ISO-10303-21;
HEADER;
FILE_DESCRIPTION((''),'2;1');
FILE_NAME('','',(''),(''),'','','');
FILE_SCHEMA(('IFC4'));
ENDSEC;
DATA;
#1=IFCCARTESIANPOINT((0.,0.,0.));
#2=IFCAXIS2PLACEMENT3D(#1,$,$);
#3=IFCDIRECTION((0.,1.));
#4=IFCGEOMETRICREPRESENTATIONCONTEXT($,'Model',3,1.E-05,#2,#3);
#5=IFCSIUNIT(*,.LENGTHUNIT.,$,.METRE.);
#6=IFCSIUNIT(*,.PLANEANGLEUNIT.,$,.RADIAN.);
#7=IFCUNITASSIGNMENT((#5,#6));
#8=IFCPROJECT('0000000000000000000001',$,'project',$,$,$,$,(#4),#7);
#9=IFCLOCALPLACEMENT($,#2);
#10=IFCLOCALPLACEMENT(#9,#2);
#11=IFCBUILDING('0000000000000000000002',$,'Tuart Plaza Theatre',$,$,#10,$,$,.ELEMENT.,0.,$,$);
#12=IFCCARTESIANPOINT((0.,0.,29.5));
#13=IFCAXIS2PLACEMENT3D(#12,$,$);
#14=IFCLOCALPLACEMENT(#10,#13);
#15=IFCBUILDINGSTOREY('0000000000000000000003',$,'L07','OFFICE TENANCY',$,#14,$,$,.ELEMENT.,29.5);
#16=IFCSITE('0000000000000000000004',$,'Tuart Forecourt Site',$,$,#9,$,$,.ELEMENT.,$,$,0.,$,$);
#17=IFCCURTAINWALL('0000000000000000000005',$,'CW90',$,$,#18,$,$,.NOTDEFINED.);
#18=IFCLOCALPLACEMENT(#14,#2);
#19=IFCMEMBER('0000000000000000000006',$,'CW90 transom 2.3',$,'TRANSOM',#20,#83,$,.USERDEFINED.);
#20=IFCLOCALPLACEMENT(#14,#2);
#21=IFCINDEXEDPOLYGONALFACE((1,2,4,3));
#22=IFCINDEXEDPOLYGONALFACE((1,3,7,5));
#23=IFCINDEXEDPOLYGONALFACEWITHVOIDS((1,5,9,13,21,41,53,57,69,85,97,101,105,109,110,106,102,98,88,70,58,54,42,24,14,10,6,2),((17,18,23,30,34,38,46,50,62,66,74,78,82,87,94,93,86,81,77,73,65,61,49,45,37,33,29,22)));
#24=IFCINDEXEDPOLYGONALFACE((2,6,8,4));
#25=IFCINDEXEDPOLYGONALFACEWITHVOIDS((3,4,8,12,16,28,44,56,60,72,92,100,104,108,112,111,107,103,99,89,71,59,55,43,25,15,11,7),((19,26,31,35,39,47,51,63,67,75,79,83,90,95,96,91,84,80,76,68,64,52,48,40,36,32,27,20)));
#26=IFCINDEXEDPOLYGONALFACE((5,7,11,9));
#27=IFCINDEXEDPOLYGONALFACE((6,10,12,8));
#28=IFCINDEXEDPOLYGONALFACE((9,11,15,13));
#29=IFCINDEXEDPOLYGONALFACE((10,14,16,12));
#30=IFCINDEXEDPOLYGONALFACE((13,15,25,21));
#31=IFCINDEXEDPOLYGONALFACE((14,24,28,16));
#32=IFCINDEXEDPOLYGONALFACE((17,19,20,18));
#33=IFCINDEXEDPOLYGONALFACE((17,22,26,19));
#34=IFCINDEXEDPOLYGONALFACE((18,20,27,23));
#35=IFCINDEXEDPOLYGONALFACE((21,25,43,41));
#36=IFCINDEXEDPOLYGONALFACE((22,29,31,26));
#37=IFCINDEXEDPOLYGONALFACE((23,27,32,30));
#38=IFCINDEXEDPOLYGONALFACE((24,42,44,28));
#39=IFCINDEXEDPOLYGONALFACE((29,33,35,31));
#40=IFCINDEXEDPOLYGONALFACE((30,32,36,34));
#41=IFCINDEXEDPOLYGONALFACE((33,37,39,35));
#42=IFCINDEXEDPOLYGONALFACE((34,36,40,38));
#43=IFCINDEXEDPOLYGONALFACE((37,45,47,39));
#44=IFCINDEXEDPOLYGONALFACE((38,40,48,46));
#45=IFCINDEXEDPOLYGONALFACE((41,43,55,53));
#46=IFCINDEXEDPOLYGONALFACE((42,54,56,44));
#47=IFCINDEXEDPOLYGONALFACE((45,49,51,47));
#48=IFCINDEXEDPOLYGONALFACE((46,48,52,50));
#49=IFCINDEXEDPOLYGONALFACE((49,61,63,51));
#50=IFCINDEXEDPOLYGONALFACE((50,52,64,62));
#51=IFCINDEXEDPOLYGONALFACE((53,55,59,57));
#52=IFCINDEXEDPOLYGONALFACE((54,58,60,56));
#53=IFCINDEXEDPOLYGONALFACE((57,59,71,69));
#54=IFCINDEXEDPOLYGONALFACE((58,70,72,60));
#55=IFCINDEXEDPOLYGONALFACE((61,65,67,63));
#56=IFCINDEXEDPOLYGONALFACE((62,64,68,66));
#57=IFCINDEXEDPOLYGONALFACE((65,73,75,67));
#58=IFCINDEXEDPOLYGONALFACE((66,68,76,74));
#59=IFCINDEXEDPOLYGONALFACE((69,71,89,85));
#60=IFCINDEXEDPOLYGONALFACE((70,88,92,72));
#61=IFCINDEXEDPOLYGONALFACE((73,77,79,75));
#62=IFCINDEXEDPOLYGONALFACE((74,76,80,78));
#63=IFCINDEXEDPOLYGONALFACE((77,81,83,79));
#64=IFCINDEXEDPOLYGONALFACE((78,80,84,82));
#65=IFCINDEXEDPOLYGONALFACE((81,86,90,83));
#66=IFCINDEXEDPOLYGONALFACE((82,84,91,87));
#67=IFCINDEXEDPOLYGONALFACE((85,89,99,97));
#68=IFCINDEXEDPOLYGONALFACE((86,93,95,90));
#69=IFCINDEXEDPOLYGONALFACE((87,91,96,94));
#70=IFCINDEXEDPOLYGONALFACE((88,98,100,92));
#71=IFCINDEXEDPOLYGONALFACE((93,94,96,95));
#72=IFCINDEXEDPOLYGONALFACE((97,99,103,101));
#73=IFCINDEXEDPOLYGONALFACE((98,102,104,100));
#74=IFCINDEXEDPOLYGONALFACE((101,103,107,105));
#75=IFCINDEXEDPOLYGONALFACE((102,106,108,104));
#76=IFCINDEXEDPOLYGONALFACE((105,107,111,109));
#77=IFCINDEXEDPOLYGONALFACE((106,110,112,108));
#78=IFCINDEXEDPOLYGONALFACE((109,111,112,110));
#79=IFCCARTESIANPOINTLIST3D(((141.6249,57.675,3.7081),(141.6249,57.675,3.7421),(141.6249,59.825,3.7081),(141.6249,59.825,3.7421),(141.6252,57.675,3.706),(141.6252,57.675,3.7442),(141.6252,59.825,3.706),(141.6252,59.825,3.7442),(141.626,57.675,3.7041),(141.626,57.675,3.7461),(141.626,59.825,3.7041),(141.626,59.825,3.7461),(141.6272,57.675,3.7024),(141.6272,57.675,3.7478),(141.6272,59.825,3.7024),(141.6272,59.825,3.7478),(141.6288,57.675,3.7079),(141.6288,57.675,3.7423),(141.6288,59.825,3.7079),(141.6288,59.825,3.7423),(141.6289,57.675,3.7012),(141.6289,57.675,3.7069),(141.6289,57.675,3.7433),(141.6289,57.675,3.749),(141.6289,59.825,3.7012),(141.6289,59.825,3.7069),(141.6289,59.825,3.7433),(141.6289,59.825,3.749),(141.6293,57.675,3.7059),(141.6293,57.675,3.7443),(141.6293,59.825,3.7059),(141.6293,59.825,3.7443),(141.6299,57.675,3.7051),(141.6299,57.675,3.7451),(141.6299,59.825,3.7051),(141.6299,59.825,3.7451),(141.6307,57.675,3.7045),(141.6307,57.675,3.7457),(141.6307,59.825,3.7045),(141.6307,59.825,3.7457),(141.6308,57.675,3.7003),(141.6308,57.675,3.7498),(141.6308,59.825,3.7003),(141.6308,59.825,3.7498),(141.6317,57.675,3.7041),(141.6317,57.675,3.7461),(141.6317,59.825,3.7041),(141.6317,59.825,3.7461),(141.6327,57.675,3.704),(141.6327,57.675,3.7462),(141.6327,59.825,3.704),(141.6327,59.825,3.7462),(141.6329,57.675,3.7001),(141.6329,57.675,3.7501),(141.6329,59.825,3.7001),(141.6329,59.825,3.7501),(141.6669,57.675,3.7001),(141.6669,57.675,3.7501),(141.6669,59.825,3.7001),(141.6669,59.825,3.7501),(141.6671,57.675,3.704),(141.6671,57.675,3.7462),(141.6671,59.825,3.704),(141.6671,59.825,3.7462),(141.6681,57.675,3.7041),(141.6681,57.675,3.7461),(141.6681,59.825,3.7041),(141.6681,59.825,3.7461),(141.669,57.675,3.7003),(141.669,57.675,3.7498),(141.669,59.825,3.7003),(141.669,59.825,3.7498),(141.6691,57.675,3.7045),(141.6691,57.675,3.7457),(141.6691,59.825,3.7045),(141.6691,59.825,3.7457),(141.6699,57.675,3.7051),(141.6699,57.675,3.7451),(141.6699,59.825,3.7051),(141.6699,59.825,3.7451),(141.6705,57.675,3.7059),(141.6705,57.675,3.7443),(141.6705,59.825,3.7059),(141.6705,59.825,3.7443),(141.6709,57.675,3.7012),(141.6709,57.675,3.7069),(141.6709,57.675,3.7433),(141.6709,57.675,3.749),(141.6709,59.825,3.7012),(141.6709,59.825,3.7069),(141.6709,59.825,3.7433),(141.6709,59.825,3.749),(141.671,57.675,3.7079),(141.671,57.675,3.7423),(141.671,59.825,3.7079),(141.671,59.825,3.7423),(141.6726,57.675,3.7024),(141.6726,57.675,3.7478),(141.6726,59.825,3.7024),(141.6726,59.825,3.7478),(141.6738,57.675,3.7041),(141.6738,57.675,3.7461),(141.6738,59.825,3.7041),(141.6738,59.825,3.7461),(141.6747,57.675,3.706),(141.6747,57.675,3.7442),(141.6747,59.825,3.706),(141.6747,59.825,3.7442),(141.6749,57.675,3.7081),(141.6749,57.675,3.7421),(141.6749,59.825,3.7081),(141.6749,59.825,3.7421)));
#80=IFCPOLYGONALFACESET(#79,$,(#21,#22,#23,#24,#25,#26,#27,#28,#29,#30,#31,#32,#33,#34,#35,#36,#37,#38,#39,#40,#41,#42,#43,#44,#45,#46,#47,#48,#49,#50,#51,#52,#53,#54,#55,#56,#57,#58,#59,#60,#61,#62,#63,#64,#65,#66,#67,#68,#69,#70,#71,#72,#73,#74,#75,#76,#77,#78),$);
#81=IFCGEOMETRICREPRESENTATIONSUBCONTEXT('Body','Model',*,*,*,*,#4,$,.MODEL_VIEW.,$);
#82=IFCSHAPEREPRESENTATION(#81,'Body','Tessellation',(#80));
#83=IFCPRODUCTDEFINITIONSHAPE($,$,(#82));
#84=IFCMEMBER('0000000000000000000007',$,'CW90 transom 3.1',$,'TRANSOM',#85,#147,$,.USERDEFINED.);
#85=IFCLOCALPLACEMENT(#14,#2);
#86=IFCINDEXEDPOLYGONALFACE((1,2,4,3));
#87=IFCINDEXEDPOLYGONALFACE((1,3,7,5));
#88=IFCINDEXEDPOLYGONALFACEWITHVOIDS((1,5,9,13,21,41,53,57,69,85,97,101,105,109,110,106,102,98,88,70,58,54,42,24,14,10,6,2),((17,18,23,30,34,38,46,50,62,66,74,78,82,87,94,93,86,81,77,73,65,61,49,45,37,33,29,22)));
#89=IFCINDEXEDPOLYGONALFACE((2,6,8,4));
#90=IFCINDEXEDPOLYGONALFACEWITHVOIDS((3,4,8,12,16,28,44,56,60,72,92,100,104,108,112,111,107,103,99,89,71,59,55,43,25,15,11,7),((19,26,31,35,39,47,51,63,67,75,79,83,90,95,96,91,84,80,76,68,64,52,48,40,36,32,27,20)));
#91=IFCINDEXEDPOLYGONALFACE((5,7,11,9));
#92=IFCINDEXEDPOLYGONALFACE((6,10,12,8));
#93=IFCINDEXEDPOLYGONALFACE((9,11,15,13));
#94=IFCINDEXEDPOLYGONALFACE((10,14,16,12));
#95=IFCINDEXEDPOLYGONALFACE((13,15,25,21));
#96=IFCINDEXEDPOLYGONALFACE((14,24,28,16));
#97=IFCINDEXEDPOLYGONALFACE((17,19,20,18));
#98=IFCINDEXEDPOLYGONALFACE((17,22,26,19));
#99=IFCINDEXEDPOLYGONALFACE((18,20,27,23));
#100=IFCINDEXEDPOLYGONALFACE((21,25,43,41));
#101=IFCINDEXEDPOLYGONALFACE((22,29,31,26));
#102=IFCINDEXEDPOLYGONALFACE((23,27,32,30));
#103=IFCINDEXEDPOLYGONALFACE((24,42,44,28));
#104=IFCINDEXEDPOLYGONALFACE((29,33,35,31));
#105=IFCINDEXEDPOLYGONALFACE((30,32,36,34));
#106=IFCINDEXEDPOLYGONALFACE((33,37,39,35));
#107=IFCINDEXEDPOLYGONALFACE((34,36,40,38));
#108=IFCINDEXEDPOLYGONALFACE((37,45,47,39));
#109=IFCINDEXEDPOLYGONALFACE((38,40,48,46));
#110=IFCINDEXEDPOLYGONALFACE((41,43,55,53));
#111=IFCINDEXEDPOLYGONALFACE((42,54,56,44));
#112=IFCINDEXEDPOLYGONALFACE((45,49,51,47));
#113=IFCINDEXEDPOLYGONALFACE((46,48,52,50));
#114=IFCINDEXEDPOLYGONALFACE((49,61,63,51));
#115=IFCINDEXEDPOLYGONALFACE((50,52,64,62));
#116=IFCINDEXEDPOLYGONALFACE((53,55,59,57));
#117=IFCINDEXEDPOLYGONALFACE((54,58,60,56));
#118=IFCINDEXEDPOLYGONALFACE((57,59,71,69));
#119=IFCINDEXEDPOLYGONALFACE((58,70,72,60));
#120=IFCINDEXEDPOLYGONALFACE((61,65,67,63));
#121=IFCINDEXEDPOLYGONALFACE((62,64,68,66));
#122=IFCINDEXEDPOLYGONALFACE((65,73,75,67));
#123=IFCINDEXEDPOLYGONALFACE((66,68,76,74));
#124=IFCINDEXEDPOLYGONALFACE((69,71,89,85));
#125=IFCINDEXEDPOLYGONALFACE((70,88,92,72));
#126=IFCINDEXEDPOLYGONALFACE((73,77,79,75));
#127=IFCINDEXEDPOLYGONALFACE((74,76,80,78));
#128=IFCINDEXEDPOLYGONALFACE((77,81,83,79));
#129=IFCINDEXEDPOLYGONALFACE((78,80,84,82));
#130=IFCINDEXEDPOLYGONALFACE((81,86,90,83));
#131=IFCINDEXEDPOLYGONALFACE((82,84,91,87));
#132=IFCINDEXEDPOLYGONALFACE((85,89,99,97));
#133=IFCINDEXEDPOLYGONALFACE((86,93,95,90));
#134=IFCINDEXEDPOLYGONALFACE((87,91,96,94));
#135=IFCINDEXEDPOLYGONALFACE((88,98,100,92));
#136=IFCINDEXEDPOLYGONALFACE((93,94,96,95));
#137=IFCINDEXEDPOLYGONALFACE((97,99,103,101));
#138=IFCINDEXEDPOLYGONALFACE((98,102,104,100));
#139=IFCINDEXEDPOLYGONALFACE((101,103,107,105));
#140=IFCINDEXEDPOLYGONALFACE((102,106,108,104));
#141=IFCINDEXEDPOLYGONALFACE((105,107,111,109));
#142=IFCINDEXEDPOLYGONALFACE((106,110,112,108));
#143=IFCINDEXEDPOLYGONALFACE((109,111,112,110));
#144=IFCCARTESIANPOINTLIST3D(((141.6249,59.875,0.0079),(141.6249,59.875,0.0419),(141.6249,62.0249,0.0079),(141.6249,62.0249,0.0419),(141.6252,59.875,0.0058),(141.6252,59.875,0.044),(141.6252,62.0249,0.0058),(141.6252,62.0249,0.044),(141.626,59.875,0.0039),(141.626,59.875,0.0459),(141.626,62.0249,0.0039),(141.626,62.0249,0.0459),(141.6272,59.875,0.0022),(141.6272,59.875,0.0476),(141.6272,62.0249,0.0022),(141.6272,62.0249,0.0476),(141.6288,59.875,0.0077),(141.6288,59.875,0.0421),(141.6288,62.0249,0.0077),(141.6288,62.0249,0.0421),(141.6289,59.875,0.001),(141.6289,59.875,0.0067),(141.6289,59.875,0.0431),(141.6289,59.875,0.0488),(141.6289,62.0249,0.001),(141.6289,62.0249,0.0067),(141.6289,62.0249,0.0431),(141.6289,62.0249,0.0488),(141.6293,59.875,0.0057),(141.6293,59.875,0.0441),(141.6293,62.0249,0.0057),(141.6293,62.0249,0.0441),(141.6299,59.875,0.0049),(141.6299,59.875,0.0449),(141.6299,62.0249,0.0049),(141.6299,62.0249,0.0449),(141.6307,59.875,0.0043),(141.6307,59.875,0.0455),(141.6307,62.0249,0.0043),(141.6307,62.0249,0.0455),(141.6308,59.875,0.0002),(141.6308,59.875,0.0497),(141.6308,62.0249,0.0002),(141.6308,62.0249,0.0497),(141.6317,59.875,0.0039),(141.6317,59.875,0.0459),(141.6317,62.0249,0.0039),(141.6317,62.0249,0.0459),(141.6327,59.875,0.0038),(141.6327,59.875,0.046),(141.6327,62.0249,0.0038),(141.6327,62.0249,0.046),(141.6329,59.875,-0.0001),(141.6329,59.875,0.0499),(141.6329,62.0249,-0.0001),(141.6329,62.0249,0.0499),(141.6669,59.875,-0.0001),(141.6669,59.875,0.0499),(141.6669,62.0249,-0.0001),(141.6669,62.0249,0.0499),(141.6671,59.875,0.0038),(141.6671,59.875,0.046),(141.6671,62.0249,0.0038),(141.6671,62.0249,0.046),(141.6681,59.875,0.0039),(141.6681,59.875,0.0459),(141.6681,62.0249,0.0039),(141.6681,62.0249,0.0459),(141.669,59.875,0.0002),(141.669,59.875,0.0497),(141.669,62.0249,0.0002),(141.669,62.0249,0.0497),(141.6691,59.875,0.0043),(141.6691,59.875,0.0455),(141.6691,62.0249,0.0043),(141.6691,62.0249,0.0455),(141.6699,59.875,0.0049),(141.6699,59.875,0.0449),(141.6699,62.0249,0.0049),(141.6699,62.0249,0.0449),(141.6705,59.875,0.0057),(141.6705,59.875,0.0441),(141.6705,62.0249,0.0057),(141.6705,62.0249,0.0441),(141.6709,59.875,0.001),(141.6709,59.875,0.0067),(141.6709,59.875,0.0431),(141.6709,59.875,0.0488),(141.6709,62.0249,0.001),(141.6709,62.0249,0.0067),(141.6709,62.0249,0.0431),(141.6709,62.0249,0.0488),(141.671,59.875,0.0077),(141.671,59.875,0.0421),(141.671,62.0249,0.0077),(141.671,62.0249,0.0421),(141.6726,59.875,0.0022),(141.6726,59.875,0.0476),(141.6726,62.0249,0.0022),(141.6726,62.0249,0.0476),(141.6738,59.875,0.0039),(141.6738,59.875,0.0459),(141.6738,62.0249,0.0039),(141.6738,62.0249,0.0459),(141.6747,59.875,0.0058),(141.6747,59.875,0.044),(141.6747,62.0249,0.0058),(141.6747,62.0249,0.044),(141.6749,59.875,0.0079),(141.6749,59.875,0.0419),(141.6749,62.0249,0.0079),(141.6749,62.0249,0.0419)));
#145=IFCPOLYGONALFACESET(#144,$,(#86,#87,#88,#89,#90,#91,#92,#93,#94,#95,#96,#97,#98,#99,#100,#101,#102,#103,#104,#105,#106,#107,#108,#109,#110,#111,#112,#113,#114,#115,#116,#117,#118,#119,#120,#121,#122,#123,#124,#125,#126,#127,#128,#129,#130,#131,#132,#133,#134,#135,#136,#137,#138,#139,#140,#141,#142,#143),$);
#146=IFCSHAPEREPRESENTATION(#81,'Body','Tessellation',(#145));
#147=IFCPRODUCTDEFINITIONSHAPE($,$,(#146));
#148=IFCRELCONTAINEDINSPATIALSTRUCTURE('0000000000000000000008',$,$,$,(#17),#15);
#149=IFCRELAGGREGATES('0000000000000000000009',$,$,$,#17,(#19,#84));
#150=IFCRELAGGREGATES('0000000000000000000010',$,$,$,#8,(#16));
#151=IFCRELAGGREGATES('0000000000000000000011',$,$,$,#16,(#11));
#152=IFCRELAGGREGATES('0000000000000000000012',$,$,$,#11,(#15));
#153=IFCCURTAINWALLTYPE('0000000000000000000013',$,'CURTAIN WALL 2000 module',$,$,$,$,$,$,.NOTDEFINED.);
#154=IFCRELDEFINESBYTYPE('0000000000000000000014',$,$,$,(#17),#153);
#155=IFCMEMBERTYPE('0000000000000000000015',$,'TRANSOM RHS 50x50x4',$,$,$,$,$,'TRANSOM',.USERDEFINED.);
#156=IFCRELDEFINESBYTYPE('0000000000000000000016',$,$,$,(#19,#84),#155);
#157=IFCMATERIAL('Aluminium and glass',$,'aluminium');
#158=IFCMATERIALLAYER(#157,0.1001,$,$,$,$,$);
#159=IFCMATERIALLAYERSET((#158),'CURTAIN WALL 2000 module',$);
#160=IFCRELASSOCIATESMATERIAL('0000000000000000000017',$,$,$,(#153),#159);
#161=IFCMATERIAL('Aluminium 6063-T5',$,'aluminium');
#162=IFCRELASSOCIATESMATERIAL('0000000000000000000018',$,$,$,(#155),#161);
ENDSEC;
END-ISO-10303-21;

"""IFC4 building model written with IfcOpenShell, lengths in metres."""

from ifc_helpers import new_model, si_unit, direction, frame, origin, origin_2d, place, context, subcontext, project, spatial, hollow_rectangle, extrude, material, layer, layer_set, material_profile, profile_set, type_object, element, aggregate, save


model = new_model("IFC4")

# Units and contexts
model_context = context("Model", 3, precision=1e-05, world=origin(), true_north=direction((0.0, 1.0)))
body_context = subcontext(model_context, "Body", "Model", "MODEL_VIEW")
ifc_project = project(units=[si_unit("LENGTHUNIT", "METRE"), si_unit("PLANEANGLEUNIT", "RADIAN")], contexts=[model_context])

# Site, building, storey
site_placement = place(None, origin())
site = spatial("IfcSite", under=ifc_project, at=site_placement, Name="Tuart Forecourt Site", CompositionType="ELEMENT", RefElevation=0.0)
building_placement = place(site_placement, origin())
building = spatial("IfcBuilding", under=site, at=building_placement, Name="Tuart Plaza Theatre", CompositionType="ELEMENT", ElevationOfRefHeight=0.0)
storey_placement = place(building_placement, frame((0.0, 0.0, 29.5)))
storey = spatial("IfcBuildingStorey", under=building, at=storey_placement, Name="L07", Description="OFFICE TENANCY", CompositionType="ELEMENT", Elevation=29.5)

# Shared definitions
ifc_material_1 = material(Name="Aluminium and glass", Category="aluminium")
ifc_layer_1 = layer(ifc_material_1, 0.1001)
ifc_layer_set_1 = layer_set([ifc_layer_1], Name="CURTAIN WALL 2000 module")
curtain_wall_type = type_object("IfcCurtainWallType", Name="CURTAIN WALL 2000 module", PredefinedType="NOTDEFINED", material=ifc_layer_set_1)

# Curtain wall
curtain_wall_1_placement = place(storey_placement, origin())
curtain_wall_1 = element("IfcCurtainWall", 1, at=curtain_wall_1_placement, inside=storey, type_object=curtain_wall_type, Name="CW90", PredefinedType="NOTDEFINED")

# Members
ifc_material_2 = material(Name="Aluminium 6063-T5", Category="aluminium")
ifc_material_profile_1 = material_profile(ifc_material_2, hollow_rectangle(XDim=0.05, YDim=0.05, WallThickness=0.0039, InnerFilletRadius=0.0039, OuterFilletRadius=0.0081, at=origin_2d()), Name="RHS 50x50x4")
ifc_profile_set_1 = profile_set([ifc_material_profile_1], Name="Aluminium 6063-T5")
member_type_1 = type_object("IfcMemberType", Name="TRANSOM RHS 50x50x4", ElementType="TRANSOM", PredefinedType="USERDEFINED", material=ifc_profile_set_1)
member_1_placement = place(storey_placement, frame((141.6499, 57.675, 3.7251), z_axis=(0.0, 1.0, 0.0), x_axis=(-1.0, 0.0, 0.0)))
member_1 = element("IfcMember", 2, at=member_1_placement, type_object=member_type_1, Name="CW90 transom 2.3", ObjectType="TRANSOM", PredefinedType="USERDEFINED", context=body_context, shape_type="SweptSolid", body=[
    extrude(hollow_rectangle(XDim=0.05, YDim=0.05, WallThickness=0.0039, InnerFilletRadius=0.0039, OuterFilletRadius=0.0081, at=origin_2d()), origin(), (0.0, 0.0, 1.0), 2.1499),
])
member_2_placement = place(storey_placement, frame((141.6499, 59.875, 0.0249), z_axis=(0.0, 1.0, 0.0), x_axis=(-1.0, 0.0, 0.0)))
member_2 = element("IfcMember", 3, at=member_2_placement, type_object=member_type_1, Name="CW90 transom 3.1", ObjectType="TRANSOM", PredefinedType="USERDEFINED", context=body_context, shape_type="SweptSolid", body=[
    extrude(hollow_rectangle(XDim=0.05, YDim=0.05, WallThickness=0.0039, InnerFilletRadius=0.0039, OuterFilletRadius=0.0081, at=origin_2d()), origin(), (0.0, 0.0, 1.0), 2.1499),
])

aggregate(curtain_wall_1, [member_1, member_2])

save(model, "model.ifc")
